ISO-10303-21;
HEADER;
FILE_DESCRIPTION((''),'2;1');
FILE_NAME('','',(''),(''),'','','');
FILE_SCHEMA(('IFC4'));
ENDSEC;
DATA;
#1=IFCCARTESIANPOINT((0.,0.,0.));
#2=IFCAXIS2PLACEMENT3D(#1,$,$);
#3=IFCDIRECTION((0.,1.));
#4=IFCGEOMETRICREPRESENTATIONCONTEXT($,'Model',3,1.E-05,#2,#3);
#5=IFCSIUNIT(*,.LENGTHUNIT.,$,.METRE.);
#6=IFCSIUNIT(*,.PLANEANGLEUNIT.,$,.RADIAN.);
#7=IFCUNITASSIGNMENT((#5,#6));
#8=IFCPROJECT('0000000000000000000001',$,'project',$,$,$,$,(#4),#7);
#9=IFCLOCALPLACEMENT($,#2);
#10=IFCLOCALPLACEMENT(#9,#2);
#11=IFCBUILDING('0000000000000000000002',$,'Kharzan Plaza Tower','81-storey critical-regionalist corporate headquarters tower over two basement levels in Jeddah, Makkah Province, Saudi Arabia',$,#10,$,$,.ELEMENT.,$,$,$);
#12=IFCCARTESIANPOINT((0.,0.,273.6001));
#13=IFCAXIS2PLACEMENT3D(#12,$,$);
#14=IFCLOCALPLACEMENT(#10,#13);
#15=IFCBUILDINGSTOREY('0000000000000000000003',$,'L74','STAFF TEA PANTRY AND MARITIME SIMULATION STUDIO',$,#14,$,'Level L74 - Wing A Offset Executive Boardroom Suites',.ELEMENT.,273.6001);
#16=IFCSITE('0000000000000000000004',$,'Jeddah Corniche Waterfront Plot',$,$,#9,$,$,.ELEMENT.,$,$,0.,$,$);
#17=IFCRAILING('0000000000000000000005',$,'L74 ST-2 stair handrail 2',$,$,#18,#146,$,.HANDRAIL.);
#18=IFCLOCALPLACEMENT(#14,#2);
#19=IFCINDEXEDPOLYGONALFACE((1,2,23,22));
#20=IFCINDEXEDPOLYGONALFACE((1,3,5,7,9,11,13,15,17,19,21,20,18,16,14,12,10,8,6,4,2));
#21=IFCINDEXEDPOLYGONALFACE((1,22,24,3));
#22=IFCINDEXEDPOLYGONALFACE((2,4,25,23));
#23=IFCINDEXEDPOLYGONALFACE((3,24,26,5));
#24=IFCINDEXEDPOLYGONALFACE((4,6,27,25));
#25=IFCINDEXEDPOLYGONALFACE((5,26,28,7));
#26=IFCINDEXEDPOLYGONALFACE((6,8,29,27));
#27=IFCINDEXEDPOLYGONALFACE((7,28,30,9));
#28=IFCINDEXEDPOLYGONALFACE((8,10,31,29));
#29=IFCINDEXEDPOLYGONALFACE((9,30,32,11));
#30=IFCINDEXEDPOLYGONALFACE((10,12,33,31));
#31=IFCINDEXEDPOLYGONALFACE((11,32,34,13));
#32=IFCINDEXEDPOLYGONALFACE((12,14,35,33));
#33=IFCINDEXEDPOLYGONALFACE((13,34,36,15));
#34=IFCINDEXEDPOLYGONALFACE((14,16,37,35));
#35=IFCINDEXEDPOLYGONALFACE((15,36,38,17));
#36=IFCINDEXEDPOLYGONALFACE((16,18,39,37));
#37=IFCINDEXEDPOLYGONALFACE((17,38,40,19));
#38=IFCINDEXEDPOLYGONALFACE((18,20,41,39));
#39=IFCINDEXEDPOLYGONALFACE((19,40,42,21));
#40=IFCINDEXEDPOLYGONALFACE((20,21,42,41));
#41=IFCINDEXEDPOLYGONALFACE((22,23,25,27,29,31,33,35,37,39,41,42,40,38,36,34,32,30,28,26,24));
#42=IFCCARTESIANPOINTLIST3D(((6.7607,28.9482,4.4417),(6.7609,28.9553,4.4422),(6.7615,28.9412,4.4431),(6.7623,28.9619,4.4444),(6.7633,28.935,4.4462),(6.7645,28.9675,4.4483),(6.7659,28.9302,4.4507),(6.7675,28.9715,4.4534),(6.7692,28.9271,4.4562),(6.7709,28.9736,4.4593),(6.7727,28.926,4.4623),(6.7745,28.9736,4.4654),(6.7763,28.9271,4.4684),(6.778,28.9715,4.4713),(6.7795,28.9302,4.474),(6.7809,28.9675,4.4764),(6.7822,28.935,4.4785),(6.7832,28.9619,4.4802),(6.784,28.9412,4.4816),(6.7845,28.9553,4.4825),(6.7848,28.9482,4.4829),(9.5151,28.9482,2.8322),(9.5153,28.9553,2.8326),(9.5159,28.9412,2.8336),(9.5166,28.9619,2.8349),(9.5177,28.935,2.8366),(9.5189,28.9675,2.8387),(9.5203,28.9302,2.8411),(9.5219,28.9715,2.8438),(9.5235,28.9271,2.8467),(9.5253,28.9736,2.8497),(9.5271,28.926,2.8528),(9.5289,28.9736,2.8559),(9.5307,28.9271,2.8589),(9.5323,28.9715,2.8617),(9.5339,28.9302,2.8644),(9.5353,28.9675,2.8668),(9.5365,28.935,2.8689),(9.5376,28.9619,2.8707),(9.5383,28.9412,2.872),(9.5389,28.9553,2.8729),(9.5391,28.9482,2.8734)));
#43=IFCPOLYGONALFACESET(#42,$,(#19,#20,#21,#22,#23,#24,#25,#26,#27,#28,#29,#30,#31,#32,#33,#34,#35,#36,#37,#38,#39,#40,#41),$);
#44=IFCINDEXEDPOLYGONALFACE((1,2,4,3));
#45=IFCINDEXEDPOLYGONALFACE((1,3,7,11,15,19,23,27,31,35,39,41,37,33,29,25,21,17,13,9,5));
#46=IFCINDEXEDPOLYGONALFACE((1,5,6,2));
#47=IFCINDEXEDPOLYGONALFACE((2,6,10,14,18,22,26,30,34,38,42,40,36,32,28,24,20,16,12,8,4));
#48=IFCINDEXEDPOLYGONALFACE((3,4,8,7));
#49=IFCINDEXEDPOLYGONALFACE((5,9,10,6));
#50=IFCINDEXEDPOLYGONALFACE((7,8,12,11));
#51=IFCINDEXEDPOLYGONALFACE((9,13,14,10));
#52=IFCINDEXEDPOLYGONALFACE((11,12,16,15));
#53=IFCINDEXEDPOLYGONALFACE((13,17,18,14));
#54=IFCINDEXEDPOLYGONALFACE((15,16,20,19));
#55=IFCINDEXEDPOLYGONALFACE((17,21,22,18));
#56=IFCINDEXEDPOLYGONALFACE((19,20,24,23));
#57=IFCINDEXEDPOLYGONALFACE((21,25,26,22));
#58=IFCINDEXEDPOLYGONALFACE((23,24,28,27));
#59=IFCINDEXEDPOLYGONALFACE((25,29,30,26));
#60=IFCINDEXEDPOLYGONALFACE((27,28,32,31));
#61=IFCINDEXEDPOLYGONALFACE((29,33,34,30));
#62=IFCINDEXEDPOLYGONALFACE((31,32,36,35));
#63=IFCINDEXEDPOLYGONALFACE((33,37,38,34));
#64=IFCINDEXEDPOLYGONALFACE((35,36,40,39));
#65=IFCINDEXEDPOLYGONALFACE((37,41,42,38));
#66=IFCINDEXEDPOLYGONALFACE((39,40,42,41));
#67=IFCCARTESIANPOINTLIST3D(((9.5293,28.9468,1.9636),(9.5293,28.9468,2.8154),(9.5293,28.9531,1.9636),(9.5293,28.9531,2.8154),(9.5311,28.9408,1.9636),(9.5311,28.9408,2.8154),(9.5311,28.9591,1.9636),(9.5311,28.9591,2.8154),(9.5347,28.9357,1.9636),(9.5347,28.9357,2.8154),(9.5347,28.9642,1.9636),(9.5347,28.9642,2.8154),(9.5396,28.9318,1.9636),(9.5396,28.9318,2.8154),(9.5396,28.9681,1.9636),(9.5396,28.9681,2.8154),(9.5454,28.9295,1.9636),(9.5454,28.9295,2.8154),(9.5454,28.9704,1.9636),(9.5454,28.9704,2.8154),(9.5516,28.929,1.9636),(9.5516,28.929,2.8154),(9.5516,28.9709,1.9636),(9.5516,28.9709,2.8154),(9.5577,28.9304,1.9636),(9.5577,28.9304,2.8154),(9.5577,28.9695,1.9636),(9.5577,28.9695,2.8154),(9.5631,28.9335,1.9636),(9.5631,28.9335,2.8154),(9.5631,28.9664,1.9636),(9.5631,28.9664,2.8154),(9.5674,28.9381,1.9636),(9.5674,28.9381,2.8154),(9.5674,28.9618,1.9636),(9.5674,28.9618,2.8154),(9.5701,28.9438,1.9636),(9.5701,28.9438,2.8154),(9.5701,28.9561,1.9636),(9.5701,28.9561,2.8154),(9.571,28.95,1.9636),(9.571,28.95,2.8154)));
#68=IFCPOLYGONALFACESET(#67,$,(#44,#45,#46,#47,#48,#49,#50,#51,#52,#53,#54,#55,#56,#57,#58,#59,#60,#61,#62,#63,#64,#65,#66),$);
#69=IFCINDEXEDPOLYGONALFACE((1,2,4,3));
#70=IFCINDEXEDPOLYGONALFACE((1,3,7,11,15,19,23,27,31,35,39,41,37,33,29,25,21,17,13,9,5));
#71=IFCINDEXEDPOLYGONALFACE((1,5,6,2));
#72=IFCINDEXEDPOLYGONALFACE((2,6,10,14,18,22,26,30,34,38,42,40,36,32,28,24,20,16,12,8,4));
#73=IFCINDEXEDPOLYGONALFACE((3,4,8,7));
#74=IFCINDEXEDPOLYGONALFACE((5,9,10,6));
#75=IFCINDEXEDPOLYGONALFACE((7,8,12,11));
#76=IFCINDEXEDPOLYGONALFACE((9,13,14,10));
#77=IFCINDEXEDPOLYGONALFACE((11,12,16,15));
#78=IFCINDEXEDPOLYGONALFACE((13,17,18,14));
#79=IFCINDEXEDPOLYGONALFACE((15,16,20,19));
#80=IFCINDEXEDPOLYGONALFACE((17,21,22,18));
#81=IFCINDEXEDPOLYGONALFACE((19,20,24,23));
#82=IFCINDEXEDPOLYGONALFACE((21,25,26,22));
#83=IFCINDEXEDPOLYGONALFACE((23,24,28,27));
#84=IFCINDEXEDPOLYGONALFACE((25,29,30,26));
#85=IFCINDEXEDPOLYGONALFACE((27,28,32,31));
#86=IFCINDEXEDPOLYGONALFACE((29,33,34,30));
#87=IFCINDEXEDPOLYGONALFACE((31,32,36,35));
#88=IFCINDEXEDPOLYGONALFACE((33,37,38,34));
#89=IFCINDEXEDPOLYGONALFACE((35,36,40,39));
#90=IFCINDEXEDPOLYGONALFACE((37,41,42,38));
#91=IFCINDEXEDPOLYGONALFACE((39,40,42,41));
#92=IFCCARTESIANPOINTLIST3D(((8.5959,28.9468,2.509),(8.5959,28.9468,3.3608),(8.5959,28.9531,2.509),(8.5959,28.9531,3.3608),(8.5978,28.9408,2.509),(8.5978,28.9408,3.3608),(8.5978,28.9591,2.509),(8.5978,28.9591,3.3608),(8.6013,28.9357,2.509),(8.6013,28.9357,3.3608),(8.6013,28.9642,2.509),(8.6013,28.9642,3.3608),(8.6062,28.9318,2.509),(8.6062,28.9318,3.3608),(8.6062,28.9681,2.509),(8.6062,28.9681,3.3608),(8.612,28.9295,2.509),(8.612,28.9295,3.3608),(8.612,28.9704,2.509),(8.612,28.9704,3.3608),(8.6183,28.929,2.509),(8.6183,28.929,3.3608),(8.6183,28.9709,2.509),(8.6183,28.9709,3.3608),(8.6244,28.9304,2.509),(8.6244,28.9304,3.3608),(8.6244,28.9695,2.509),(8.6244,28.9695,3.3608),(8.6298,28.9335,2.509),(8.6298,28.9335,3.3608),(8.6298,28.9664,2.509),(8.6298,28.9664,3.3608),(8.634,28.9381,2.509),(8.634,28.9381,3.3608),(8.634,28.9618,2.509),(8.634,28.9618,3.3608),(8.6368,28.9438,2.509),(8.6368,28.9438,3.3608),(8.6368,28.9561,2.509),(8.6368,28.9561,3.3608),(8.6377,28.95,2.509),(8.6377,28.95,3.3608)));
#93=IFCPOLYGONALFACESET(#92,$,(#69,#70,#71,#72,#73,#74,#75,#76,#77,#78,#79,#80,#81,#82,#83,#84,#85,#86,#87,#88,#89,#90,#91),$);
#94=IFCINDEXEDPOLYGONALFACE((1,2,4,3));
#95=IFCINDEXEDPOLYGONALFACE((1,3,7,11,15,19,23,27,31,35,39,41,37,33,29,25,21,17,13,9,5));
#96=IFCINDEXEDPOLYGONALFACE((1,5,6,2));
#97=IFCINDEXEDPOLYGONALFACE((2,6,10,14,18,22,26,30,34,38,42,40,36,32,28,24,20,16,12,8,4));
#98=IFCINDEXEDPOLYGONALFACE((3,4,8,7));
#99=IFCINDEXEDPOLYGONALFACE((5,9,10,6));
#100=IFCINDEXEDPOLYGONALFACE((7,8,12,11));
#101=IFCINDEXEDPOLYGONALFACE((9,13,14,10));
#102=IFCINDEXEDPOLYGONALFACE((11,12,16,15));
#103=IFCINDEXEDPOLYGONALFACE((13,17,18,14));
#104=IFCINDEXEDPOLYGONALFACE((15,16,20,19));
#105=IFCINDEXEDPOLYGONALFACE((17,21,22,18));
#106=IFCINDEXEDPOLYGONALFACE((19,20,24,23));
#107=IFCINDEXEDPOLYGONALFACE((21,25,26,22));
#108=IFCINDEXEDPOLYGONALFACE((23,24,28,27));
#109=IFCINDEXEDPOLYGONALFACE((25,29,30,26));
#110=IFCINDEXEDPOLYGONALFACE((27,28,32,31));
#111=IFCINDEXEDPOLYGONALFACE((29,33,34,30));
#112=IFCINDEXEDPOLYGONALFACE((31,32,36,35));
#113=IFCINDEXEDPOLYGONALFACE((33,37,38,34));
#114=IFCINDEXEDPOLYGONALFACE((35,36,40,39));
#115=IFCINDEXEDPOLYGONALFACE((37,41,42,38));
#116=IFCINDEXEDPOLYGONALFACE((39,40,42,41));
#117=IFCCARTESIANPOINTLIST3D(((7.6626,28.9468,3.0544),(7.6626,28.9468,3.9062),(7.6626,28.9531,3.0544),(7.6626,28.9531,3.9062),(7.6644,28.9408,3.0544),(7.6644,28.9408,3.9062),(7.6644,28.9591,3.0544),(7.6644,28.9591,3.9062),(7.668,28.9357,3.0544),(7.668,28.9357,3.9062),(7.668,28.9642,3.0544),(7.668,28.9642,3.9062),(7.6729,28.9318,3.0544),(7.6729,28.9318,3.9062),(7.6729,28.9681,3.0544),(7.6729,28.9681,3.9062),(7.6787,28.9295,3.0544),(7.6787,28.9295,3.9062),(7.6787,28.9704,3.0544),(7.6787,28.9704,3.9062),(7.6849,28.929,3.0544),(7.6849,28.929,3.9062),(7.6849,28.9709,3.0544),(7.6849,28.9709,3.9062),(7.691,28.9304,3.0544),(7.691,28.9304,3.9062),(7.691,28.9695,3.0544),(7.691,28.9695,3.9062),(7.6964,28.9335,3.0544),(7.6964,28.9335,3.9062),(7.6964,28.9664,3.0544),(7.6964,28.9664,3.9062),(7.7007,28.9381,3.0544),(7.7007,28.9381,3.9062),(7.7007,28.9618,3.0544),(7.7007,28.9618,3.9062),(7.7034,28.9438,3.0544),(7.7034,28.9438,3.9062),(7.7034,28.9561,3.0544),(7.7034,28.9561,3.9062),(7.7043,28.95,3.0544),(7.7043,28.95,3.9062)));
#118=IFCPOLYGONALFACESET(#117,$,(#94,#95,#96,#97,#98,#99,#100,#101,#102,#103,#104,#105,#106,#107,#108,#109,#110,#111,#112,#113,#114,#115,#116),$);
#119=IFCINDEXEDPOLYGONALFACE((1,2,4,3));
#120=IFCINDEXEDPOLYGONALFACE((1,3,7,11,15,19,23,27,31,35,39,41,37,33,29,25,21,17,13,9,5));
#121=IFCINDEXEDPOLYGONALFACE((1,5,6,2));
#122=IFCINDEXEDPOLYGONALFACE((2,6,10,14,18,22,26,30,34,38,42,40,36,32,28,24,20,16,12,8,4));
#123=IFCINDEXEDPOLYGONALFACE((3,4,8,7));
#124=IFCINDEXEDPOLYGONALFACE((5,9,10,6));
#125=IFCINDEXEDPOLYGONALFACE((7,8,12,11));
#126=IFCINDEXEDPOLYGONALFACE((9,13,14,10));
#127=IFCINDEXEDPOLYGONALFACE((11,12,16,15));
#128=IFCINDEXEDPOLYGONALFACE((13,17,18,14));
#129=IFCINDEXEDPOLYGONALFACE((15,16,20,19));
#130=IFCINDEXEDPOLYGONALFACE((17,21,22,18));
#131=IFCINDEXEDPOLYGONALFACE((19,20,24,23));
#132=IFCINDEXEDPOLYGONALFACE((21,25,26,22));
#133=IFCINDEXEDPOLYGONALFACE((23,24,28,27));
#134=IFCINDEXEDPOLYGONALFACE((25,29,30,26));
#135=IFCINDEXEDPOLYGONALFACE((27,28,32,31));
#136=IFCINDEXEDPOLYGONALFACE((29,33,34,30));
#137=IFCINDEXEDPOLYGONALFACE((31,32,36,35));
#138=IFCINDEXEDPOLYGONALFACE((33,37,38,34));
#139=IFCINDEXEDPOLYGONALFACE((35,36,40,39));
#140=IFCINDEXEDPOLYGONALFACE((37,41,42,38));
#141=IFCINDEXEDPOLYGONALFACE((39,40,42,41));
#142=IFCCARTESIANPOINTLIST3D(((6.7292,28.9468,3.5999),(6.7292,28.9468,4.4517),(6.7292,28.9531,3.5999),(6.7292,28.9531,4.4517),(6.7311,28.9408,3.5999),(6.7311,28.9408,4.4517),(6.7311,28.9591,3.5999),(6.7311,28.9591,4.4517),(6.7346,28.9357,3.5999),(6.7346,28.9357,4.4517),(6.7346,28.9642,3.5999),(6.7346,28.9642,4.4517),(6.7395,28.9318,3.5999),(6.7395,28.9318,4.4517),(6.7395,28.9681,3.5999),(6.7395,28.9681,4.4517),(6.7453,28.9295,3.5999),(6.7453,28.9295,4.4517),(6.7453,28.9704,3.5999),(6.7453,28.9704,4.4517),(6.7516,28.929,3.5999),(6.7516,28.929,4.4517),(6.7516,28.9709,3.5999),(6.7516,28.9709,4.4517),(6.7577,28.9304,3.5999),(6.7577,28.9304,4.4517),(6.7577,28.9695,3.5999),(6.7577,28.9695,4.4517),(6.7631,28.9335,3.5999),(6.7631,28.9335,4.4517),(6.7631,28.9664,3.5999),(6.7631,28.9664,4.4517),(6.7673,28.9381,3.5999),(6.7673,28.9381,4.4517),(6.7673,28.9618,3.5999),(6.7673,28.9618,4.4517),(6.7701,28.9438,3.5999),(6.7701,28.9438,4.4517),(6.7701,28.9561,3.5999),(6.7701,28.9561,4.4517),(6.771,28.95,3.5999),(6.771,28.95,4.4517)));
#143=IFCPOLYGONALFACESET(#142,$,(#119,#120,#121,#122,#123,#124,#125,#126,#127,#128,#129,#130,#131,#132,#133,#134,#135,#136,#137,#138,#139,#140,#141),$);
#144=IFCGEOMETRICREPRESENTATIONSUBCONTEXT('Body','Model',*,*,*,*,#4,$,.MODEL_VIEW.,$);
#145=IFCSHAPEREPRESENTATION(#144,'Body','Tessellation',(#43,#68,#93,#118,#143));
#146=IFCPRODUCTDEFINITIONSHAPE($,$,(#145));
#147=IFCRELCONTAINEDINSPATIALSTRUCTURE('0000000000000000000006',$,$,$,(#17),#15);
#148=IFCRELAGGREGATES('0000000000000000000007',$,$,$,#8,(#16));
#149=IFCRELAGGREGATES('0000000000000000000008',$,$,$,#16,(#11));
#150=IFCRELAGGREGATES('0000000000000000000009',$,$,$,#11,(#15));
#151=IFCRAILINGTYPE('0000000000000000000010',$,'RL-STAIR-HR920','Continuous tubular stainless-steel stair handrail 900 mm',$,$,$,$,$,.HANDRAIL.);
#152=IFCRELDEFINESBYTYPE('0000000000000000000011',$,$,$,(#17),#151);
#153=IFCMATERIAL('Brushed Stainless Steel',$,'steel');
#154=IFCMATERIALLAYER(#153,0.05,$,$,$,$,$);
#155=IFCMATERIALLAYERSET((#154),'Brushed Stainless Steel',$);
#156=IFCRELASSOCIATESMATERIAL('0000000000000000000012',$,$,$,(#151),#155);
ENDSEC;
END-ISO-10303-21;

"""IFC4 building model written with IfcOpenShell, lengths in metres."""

from ifc_helpers import new_model, si_unit, direction, frame, origin, origin_2d, place, context, subcontext, project, spatial, circle, extrude, source, transform, mapped, material, layer, layer_set, type_object, element, save


model = new_model("IFC4")

# Units and contexts
model_context = context("Model", 3, precision=1e-05, world=origin(), true_north=direction((0.0, 1.0)))
body_context = subcontext(model_context, "Body", "Model", "MODEL_VIEW")
ifc_project = project(units=[si_unit("LENGTHUNIT", "METRE"), si_unit("PLANEANGLEUNIT", "RADIAN")], contexts=[model_context])

# Site, building, storey
site_placement = place(None, origin())
site = spatial("IfcSite", under=ifc_project, at=site_placement, Name="Jeddah Corniche Waterfront Plot", CompositionType="ELEMENT", RefElevation=0.0)
building_placement = place(site_placement, origin())
building = spatial("IfcBuilding", under=site, at=building_placement, Name="Kharzan Plaza Tower", Description="81-storey critical-regionalist corporate headquarters tower over two basement levels in Jeddah, Makkah Province, Saudi Arabia", CompositionType="ELEMENT")
storey_placement = place(building_placement, frame((0.0, 0.0, 273.6001)))
storey = spatial("IfcBuildingStorey", under=building, at=storey_placement, Name="L74", Description="STAFF TEA PANTRY AND MARITIME SIMULATION STUDIO", LongName="Level L74 - Wing A Offset Executive Boardroom Suites", CompositionType="ELEMENT", Elevation=273.6001)

# Railing
ifc_material_1 = material(Name="Brushed Stainless Steel", Category="steel")
ifc_layer_1 = layer(ifc_material_1, 0.05)
ifc_layer_set_1 = layer_set([ifc_layer_1], Name="Brushed Stainless Steel")
railing_type_1 = type_object("IfcRailingType", Name="RL-STAIR-HR920", Description="Continuous tubular stainless-steel stair handrail 900 mm", PredefinedType="HANDRAIL", material=ifc_layer_set_1)
shared_shape_1 = source(origin(), body_context, "Body", "SweptSolid", [
    extrude(circle(Radius=0.0239, at=origin_2d()), frame((-0.0229, 0.0, 0.8892), z_axis=(-0.863394, 0.0, 0.504531), x_axis=(0.0, -1.0, 0.0)), (0.0, 0.0, 1.0), 3.1902),
    extrude(circle(Radius=0.021, at=origin_2d()), origin(), (0.0, 0.0, 1.0), 0.8518),
    extrude(circle(Radius=0.021, at=origin_2d()), frame((-0.9333, 0.0, 0.5454)), (0.0, 0.0, 1.0), 0.8518),
    extrude(circle(Radius=0.021, at=origin_2d()), frame((-1.8667, 0.0, 1.0908)), (0.0, 0.0, 1.0), 0.8518),
    extrude(circle(Radius=0.021, at=origin_2d()), frame((-2.8, 0.0, 1.6362)), (0.0, 0.0, 1.0), 0.8518),
])
railing_1_placement = place(storey_placement, frame((9.55, 28.95, 1.9636)))
element("IfcRailing", 1, at=railing_1_placement, inside=storey, type_object=railing_type_1, Name="L74 ST-2 stair handrail 2", PredefinedType="HANDRAIL", context=body_context, shape_type="MappedRepresentation", body=[
    mapped(shared_shape_1, transform((0.0, 0.0, 0.0), x_axis=(1.0, 0.0, 0.0), y_axis=(0.0, 1.0, 0.0), z_axis=(0.0, 0.0, 1.0))),
])

save(model, "model.ifc")
